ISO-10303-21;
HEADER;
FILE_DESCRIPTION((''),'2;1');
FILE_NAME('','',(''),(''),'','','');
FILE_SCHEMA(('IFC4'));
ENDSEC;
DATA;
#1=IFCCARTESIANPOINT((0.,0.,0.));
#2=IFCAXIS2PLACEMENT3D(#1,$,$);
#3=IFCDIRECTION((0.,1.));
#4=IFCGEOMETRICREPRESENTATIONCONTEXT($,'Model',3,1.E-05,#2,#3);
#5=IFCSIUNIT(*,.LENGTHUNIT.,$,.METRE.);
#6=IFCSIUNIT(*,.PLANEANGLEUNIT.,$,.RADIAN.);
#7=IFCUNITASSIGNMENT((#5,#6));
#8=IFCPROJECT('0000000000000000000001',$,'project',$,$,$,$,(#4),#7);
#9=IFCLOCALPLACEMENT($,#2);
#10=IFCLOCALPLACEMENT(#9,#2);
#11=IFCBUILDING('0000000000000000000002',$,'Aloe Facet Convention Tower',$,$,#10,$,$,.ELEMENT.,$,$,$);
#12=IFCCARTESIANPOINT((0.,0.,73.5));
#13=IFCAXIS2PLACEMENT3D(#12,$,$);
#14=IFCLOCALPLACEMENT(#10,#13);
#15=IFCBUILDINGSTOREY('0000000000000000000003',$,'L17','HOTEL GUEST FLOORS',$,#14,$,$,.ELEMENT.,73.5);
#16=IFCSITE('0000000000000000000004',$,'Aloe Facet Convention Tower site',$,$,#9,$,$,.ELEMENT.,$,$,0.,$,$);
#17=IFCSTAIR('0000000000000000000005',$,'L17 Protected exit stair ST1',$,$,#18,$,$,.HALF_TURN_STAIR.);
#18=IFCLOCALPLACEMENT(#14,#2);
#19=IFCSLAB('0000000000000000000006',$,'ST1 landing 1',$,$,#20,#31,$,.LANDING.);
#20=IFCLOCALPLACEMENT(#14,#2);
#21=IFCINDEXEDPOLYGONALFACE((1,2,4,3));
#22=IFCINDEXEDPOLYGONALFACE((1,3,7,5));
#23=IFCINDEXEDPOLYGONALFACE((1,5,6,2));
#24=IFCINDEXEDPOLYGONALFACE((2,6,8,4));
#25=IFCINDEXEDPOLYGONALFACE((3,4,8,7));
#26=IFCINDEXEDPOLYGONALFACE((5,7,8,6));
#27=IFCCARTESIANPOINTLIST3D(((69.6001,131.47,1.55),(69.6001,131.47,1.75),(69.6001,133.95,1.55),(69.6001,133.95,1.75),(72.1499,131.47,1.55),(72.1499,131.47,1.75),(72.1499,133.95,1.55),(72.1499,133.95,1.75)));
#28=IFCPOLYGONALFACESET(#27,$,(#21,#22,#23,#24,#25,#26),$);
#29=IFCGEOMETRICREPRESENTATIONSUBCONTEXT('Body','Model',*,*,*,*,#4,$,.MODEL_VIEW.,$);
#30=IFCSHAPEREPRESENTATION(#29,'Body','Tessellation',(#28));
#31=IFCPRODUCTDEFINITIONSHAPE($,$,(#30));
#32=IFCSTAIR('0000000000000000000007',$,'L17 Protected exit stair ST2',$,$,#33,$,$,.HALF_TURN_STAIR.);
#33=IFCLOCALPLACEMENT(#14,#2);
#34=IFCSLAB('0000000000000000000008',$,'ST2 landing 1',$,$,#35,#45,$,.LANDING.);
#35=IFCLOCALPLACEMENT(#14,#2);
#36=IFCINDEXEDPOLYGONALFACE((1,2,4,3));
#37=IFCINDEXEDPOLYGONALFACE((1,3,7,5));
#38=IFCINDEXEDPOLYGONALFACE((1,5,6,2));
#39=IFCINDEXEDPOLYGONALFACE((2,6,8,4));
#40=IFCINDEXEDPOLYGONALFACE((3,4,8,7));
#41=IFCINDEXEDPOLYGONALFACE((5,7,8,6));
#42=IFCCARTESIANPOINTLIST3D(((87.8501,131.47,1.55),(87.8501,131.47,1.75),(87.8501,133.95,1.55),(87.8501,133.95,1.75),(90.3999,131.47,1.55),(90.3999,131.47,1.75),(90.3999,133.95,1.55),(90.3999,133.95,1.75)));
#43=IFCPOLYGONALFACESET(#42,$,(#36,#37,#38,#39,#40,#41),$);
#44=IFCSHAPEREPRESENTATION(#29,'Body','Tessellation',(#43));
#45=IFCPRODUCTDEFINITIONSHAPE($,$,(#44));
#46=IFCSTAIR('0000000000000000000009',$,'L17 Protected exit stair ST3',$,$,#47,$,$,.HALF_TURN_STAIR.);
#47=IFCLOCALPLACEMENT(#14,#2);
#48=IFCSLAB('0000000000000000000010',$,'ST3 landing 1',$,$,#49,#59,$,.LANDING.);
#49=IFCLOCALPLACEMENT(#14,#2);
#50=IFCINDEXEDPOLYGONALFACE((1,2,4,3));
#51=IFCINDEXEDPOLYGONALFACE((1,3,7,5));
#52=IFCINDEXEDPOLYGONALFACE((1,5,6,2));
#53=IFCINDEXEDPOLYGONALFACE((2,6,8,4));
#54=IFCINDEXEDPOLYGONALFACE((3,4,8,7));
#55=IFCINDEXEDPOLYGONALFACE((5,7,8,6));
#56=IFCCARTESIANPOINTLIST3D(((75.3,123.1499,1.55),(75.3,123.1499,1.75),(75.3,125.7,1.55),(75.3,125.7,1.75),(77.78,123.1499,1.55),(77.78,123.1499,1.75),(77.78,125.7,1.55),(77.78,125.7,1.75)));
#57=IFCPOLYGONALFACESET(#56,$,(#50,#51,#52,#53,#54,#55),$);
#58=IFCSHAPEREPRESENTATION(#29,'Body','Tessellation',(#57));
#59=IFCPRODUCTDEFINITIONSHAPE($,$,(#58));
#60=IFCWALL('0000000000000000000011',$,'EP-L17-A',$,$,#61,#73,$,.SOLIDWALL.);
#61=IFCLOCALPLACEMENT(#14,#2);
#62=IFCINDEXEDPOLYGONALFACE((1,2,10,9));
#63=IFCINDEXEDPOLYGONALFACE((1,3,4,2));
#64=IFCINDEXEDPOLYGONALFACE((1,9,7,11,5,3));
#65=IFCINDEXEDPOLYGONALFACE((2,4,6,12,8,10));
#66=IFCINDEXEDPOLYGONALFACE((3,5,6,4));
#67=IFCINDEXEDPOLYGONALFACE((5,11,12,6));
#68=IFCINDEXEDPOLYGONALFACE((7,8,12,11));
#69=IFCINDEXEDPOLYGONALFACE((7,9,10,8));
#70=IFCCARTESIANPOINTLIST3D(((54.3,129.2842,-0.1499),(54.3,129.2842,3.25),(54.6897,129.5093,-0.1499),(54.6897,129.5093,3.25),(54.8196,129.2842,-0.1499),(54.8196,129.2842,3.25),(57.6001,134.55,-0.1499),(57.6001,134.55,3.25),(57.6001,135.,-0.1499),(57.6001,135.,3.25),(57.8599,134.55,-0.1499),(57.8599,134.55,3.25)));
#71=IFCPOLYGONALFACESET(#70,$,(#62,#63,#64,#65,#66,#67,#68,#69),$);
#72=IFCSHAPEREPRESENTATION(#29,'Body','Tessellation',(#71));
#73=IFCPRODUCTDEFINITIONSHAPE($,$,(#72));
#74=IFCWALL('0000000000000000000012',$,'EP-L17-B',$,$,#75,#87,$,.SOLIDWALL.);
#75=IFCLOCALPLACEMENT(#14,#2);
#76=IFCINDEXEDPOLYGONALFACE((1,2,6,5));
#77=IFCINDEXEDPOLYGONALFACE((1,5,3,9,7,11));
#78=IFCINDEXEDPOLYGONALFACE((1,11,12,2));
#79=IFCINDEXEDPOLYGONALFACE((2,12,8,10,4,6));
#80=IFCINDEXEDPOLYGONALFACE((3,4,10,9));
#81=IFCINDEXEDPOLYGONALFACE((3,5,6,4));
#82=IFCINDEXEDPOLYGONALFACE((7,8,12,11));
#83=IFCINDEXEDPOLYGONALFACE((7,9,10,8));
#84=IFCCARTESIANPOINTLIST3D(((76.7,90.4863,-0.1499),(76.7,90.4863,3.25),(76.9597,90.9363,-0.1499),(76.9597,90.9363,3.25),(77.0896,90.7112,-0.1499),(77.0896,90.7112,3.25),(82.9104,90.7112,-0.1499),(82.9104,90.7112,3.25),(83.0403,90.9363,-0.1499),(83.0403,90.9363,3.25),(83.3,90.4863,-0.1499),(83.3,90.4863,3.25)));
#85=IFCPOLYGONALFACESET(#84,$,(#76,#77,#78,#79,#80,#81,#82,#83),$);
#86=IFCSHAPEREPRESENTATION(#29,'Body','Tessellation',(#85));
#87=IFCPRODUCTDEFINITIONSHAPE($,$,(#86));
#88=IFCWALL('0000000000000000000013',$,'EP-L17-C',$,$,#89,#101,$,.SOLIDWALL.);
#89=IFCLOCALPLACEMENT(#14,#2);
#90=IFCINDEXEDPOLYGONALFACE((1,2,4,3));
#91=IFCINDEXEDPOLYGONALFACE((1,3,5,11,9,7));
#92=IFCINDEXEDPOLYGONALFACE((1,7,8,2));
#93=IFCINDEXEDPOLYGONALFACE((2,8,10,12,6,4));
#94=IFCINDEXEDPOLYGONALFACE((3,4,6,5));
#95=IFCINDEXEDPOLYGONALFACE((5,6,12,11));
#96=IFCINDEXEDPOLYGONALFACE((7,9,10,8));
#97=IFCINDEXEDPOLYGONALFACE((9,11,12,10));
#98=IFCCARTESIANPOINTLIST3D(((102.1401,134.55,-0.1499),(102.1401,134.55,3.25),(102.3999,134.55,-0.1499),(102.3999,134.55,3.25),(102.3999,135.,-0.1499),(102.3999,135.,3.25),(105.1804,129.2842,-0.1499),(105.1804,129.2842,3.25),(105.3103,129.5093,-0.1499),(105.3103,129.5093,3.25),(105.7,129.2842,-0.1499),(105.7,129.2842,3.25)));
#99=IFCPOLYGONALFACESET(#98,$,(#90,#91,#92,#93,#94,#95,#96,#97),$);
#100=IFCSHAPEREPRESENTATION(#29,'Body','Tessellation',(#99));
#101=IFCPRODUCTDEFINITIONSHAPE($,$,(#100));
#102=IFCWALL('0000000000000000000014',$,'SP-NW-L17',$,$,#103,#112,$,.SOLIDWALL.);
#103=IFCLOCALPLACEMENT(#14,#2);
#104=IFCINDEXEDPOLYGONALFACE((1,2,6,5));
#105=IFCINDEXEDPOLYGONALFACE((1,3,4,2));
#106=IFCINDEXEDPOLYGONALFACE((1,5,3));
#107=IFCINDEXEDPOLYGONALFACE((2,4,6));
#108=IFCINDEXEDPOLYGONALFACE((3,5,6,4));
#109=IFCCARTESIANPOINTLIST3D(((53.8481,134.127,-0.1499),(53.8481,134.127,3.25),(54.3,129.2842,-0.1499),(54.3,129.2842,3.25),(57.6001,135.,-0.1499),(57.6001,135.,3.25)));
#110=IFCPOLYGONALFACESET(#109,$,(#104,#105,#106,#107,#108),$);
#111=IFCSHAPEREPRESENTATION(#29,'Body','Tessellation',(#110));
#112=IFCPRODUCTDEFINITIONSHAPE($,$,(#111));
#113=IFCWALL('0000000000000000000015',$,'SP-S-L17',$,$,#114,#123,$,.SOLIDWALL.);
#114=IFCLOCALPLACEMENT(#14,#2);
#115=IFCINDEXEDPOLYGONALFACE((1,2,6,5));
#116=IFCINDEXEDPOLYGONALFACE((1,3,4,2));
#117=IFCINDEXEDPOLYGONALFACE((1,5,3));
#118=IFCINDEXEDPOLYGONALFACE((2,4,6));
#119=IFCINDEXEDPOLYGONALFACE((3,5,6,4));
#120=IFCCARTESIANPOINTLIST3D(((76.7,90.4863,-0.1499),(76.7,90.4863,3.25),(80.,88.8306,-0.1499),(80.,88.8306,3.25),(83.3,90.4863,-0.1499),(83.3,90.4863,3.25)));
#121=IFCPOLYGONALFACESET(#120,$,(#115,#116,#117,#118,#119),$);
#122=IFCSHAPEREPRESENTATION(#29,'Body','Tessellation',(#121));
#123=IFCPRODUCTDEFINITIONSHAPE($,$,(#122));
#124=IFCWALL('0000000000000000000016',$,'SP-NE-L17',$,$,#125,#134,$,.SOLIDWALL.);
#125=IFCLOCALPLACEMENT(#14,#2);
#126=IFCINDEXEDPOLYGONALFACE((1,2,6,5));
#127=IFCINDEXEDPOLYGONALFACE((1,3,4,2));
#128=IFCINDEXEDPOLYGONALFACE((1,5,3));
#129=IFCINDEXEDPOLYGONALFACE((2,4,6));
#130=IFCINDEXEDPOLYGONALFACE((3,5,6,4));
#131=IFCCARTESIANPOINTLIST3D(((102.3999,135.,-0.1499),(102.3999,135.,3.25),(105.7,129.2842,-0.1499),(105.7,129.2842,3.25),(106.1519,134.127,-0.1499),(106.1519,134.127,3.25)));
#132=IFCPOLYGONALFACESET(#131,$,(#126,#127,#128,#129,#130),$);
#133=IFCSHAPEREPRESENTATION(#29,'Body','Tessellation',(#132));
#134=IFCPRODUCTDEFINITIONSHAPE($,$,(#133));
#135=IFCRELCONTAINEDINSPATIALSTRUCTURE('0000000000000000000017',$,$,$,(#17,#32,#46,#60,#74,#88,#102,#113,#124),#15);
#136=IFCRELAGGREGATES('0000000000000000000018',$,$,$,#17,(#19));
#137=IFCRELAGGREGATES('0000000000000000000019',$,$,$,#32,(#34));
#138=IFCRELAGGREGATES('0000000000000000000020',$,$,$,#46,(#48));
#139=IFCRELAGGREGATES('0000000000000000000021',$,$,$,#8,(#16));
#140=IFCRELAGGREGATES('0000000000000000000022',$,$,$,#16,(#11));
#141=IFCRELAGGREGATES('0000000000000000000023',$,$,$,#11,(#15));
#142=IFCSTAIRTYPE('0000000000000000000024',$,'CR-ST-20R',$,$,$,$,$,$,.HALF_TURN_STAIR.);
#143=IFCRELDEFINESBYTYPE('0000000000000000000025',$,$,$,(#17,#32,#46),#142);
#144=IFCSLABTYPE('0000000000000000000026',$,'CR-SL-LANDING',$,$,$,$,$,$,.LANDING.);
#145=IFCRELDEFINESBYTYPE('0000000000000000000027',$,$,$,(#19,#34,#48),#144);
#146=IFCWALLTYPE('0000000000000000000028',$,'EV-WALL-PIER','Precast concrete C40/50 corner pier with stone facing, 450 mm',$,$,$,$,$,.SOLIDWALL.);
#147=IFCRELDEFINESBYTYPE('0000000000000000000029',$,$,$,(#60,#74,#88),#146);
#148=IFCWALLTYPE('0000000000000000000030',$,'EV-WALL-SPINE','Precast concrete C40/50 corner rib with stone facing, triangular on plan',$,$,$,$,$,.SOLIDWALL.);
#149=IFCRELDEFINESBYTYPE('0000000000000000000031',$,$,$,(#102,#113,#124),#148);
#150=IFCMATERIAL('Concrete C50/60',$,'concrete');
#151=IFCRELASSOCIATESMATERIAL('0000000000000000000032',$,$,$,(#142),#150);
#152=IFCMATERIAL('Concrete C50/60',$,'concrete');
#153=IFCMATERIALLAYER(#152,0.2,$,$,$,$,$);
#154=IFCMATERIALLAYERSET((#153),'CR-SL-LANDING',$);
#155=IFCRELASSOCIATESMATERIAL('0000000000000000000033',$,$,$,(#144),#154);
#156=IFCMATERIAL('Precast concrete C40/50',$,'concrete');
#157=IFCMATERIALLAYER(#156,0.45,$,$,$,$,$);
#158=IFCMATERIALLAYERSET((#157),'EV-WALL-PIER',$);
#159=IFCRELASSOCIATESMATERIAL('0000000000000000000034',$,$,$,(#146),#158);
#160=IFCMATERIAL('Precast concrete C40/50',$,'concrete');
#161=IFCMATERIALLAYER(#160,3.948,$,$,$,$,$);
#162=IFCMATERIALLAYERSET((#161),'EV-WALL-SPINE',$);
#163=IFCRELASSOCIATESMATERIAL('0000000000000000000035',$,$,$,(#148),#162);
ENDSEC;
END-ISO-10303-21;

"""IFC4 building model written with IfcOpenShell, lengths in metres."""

from ifc_helpers import new_model, si_unit, direction, frame, origin, place, context, subcontext, project, spatial, polyline, outline, extrude, material, layer, layer_set, type_object, element, aggregate, save


model = new_model("IFC4")

# Units and contexts
model_context = context("Model", 3, precision=1e-05, world=origin(), true_north=direction((0.0, 1.0)))
body_context = subcontext(model_context, "Body", "Model", "MODEL_VIEW")
ifc_project = project(units=[si_unit("LENGTHUNIT", "METRE"), si_unit("PLANEANGLEUNIT", "RADIAN")], contexts=[model_context])

# Site, building, storey
site_placement = place(None, origin())
site = spatial("IfcSite", under=ifc_project, at=site_placement, Name="Aloe Facet Convention Tower site", CompositionType="ELEMENT", RefElevation=0.0)
building_placement = place(site_placement, origin())
building = spatial("IfcBuilding", under=site, at=building_placement, Name="Aloe Facet Convention Tower", CompositionType="ELEMENT")
storey_placement = place(building_placement, frame((0.0, 0.0, 73.5)))
storey = spatial("IfcBuildingStorey", under=building, at=storey_placement, Name="L17", Description="HOTEL GUEST FLOORS", CompositionType="ELEMENT", Elevation=73.5)

# Stairs, slabs
ifc_material_1 = material(Name="Concrete C50/60", Category="concrete")
stair_type = type_object("IfcStairType", Name="CR-ST-20R", PredefinedType="HALF_TURN_STAIR", material=ifc_material_1)
stair_1_placement = place(storey_placement, origin())
stair_1 = element("IfcStair", 1, at=stair_1_placement, inside=storey, type_object=stair_type, Name="L17 Protected exit stair ST1", PredefinedType="HALF_TURN_STAIR")
ifc_material_2 = material(Name="Concrete C50/60", Category="concrete")
ifc_layer_1 = layer(ifc_material_2, 0.2)
ifc_layer_set_1 = layer_set([ifc_layer_1], Name="CR-SL-LANDING")
slab_type_1 = type_object("IfcSlabType", Name="CR-SL-LANDING", PredefinedType="LANDING", material=ifc_layer_set_1)
slab_1_placement = place(storey_placement, frame((0.0, 0.0, 1.55)))
slab_1 = element("IfcSlab", 2, at=slab_1_placement, type_object=slab_type_1, Name="ST1 landing 1", PredefinedType="LANDING", context=body_context, shape_type="SweptSolid", body=[
    extrude(outline(polyline([(72.1499, 131.47), (72.1499, 133.95), (69.6001, 133.95), (69.6001, 131.47), (72.1499, 131.47)])), origin(), (0.0, 0.0, 1.0), 0.2),
])
aggregate(stair_1, [slab_1])
stair_2_placement = place(storey_placement, origin())
stair_2 = element("IfcStair", 3, at=stair_2_placement, inside=storey, type_object=stair_type, Name="L17 Protected exit stair ST2", PredefinedType="HALF_TURN_STAIR")
slab_2_placement = place(storey_placement, frame((0.0, 0.0, 1.55)))
slab_2 = element("IfcSlab", 4, at=slab_2_placement, type_object=slab_type_1, Name="ST2 landing 1", PredefinedType="LANDING", context=body_context, shape_type="SweptSolid", body=[
    extrude(outline(polyline([(90.3999, 131.47), (90.3999, 133.95), (87.8501, 133.95), (87.8501, 131.47), (90.3999, 131.47)])), origin(), (0.0, 0.0, 1.0), 0.2),
])
aggregate(stair_2, [slab_2])
stair_3_placement = place(storey_placement, origin())
stair_3 = element("IfcStair", 5, at=stair_3_placement, inside=storey, type_object=stair_type, Name="L17 Protected exit stair ST3", PredefinedType="HALF_TURN_STAIR")
slab_3_placement = place(storey_placement, frame((0.0, 0.0, 1.55)))
slab_3 = element("IfcSlab", 6, at=slab_3_placement, type_object=slab_type_1, Name="ST3 landing 1", PredefinedType="LANDING", context=body_context, shape_type="SweptSolid", body=[
    extrude(outline(polyline([(77.78, 125.7), (75.3, 125.7), (75.3, 123.1499), (77.78, 123.1499), (77.78, 125.7)])), origin(), (0.0, 0.0, 1.0), 0.2),
])
aggregate(stair_3, [slab_3])

# Walls
ifc_material_3 = material(Name="Precast concrete C40/50", Category="concrete")
ifc_layer_2 = layer(ifc_material_3, 0.45)
ifc_layer_set_2 = layer_set([ifc_layer_2], Name="EV-WALL-PIER")
wall_type_1 = type_object("IfcWallType", Name="EV-WALL-PIER", Description="Precast concrete C40/50 corner pier with stone facing, 450 mm", PredefinedType="SOLIDWALL", material=ifc_layer_set_2)
wall_1_placement = place(storey_placement, frame((0.0, 0.0, -0.1499)))
element("IfcWall", 7, at=wall_1_placement, inside=storey, type_object=wall_type_1, Name="EP-L17-A", PredefinedType="SOLIDWALL", context=body_context, shape_type="SweptSolid", body=[
    extrude(outline(polyline([(57.6001, 135.0), (57.6001, 134.55), (57.8599, 134.55), (54.8196, 129.2842), (54.6897, 129.5093), (54.3, 129.2842), (57.6001, 135.0)])), origin(), (0.0, 0.0, 1.0), 3.3999),
])
wall_2_placement = place(storey_placement, frame((0.0, 0.0, -0.1499)))
element("IfcWall", 8, at=wall_2_placement, inside=storey, type_object=wall_type_1, Name="EP-L17-B", PredefinedType="SOLIDWALL", context=body_context, shape_type="SweptSolid", body=[
    extrude(outline(polyline([(76.7, 90.4863), (77.0896, 90.7112), (76.9597, 90.9363), (83.0403, 90.9363), (82.9104, 90.7112), (83.3, 90.4863), (76.7, 90.4863)])), origin(), (0.0, 0.0, 1.0), 3.3999),
])
wall_3_placement = place(storey_placement, frame((0.0, 0.0, -0.1499)))
element("IfcWall", 9, at=wall_3_placement, inside=storey, type_object=wall_type_1, Name="EP-L17-C", PredefinedType="SOLIDWALL", context=body_context, shape_type="SweptSolid", body=[
    extrude(outline(polyline([(105.7, 129.2842), (105.3103, 129.5093), (105.1804, 129.2842), (102.1401, 134.55), (102.3999, 134.55), (102.3999, 135.0), (105.7, 129.2842)])), origin(), (0.0, 0.0, 1.0), 3.3999),
])
ifc_material_4 = material(Name="Precast concrete C40/50", Category="concrete")
ifc_layer_3 = layer(ifc_material_4, 3.948)
ifc_layer_set_3 = layer_set([ifc_layer_3], Name="EV-WALL-SPINE")
wall_type_2 = type_object("IfcWallType", Name="EV-WALL-SPINE", Description="Precast concrete C40/50 corner rib with stone facing, triangular on plan", PredefinedType="SOLIDWALL", material=ifc_layer_set_3)
wall_4_placement = place(storey_placement, frame((0.0, 0.0, -0.1499)))
element("IfcWall", 10, at=wall_4_placement, inside=storey, type_object=wall_type_2, Name="SP-NW-L17", PredefinedType="SOLIDWALL", context=body_context, shape_type="SweptSolid", body=[
    extrude(outline(polyline([(57.6001, 135.0), (53.8481, 134.127), (54.3, 129.2842), (57.6001, 135.0)])), origin(), (0.0, 0.0, 1.0), 3.3999),
])
wall_5_placement = place(storey_placement, frame((0.0, 0.0, -0.1499)))
element("IfcWall", 11, at=wall_5_placement, inside=storey, type_object=wall_type_2, Name="SP-S-L17", PredefinedType="SOLIDWALL", context=body_context, shape_type="SweptSolid", body=[
    extrude(outline(polyline([(76.7, 90.4863), (80.0, 88.8306), (83.3, 90.4863), (76.7, 90.4863)])), origin(), (0.0, 0.0, 1.0), 3.3999),
])
wall_6_placement = place(storey_placement, frame((0.0, 0.0, -0.1499)))
element("IfcWall", 12, at=wall_6_placement, inside=storey, type_object=wall_type_2, Name="SP-NE-L17", PredefinedType="SOLIDWALL", context=body_context, shape_type="SweptSolid", body=[
    extrude(outline(polyline([(105.7, 129.2842), (106.1519, 134.127), (102.3999, 135.0), (105.7, 129.2842)])), origin(), (0.0, 0.0, 1.0), 3.3999),
])

save(model, "model.ifc")
